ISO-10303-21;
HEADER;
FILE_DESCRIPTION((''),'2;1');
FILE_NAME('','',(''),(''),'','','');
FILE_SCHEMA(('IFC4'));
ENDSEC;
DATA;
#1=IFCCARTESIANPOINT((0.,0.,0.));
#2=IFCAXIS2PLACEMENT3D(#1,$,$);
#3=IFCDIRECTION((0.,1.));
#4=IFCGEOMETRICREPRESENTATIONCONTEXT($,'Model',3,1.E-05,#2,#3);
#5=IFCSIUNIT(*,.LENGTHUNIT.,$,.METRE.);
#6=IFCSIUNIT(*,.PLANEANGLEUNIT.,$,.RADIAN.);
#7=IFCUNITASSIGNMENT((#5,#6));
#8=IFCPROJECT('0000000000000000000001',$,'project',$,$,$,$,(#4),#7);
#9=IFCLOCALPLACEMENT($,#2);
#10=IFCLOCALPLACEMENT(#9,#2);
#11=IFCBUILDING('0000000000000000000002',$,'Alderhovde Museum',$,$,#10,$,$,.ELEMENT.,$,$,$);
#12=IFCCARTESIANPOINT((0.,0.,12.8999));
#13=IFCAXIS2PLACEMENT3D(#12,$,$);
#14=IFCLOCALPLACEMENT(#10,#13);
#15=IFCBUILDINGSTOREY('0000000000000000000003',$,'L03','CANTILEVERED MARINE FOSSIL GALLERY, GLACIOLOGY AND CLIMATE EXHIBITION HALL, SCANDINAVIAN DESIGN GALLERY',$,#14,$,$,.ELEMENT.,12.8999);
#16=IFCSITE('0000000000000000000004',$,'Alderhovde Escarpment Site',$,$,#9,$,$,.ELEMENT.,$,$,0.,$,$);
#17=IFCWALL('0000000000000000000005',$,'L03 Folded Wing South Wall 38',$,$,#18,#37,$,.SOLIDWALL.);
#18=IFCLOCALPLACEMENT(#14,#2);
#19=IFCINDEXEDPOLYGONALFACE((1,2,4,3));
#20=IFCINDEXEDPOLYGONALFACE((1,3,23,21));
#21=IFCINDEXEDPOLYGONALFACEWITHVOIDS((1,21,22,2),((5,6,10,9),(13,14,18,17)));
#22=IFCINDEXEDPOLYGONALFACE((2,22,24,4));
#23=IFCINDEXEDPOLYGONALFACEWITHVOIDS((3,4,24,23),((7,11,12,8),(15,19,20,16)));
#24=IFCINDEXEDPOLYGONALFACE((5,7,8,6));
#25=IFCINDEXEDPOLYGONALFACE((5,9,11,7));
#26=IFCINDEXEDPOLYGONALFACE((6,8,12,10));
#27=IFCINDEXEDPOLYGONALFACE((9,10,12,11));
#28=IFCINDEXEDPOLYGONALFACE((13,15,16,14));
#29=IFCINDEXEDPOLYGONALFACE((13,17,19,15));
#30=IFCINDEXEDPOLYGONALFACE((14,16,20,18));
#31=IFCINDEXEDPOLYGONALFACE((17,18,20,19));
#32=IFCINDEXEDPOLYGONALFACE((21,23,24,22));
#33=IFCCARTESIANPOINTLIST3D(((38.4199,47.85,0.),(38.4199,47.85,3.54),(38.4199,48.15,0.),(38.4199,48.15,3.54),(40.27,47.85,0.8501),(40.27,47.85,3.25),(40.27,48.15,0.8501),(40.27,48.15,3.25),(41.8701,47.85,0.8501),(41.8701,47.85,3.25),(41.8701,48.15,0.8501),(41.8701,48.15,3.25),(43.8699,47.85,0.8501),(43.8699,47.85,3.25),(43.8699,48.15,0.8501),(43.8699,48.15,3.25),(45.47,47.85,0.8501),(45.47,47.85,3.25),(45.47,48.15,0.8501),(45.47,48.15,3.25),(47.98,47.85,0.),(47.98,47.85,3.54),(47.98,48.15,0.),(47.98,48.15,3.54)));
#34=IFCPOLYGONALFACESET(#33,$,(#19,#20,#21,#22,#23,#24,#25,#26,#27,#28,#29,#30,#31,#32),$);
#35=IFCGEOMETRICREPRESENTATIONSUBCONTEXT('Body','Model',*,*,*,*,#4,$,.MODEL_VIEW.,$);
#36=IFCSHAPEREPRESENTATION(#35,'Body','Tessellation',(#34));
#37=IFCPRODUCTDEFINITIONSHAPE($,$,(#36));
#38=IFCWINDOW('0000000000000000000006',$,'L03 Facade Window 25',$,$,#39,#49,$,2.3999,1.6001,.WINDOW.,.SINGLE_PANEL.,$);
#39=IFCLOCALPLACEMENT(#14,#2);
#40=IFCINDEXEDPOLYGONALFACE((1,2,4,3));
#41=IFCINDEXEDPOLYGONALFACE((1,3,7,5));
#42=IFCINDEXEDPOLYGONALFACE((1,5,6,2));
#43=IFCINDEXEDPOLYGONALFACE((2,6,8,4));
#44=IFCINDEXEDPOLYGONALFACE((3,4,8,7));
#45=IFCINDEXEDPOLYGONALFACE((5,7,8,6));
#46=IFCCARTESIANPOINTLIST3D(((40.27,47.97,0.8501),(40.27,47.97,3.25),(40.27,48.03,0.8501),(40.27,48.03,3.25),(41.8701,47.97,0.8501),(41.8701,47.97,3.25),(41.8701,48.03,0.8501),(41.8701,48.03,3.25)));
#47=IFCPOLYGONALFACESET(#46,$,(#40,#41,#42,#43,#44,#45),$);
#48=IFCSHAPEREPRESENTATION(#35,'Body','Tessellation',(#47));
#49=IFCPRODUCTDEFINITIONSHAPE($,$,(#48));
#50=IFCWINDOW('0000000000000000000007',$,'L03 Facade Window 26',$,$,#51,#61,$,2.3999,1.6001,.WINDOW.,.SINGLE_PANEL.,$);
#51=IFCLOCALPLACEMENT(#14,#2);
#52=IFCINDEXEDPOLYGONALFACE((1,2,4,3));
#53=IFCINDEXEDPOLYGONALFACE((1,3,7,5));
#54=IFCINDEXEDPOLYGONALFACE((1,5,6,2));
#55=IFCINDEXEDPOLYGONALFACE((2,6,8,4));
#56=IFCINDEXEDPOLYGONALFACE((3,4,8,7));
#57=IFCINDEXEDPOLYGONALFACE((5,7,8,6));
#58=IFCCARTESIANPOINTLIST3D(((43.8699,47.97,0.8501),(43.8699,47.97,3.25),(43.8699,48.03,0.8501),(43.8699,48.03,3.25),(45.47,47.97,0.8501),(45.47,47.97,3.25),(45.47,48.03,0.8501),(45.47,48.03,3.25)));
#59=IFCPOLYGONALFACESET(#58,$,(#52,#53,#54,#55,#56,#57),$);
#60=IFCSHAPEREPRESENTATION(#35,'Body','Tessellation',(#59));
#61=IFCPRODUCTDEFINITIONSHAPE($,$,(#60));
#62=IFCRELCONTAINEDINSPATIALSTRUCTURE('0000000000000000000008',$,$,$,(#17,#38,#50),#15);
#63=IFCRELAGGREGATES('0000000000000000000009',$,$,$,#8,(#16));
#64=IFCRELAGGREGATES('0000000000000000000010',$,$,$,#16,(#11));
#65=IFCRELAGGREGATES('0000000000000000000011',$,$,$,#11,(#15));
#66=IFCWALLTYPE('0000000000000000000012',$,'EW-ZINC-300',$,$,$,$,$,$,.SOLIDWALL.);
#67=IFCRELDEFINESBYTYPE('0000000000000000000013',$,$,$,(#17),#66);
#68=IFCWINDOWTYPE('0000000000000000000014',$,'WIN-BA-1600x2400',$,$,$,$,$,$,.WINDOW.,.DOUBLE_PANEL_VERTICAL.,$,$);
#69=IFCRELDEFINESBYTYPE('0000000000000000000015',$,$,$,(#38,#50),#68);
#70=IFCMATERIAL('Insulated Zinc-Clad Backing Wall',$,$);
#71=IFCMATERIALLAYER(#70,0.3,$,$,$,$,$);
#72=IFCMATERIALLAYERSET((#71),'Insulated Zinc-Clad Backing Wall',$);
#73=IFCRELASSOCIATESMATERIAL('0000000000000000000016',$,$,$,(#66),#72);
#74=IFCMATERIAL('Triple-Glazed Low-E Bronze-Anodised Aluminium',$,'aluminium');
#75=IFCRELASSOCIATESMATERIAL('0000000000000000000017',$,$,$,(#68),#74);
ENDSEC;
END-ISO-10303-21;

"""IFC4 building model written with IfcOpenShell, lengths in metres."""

from ifc_helpers import new_model, si_unit, direction, frame, frame_2d, origin, place, context, subcontext, project, spatial, rectangle, extrude, material, layer, layer_set, type_object, element, fill, save


model = new_model("IFC4")

# Units and contexts
model_context = context("Model", 3, precision=1e-05, world=origin(), true_north=direction((0.0, 1.0)))
body_context = subcontext(model_context, "Body", "Model", "MODEL_VIEW")
ifc_project = project(units=[si_unit("LENGTHUNIT", "METRE"), si_unit("PLANEANGLEUNIT", "RADIAN")], contexts=[model_context])

# Site, building, storey
site_placement = place(None, origin())
site = spatial("IfcSite", under=ifc_project, at=site_placement, Name="Alderhovde Escarpment Site", CompositionType="ELEMENT", RefElevation=0.0)
building_placement = place(site_placement, origin())
building = spatial("IfcBuilding", under=site, at=building_placement, Name="Alderhovde Museum", CompositionType="ELEMENT")
storey_placement = place(building_placement, frame((0.0, 0.0, 12.8999)))
storey = spatial("IfcBuildingStorey", under=building, at=storey_placement, Name="L03", Description="CANTILEVERED MARINE FOSSIL GALLERY, GLACIOLOGY AND CLIMATE EXHIBITION HALL, SCANDINAVIAN DESIGN GALLERY", CompositionType="ELEMENT", Elevation=12.8999)

# Wall, openings, windows
ifc_material_1 = material(Name="Insulated Zinc-Clad Backing Wall")
ifc_layer_1 = layer(ifc_material_1, 0.3)
ifc_layer_set_1 = layer_set([ifc_layer_1], Name="Insulated Zinc-Clad Backing Wall")
wall_type = type_object("IfcWallType", Name="EW-ZINC-300", PredefinedType="SOLIDWALL", material=ifc_layer_set_1)
wall_placement = place(storey_placement, frame((38.4199, 48.0, 0.0), z_axis=(0.0, 0.0, 1.0), x_axis=(1.0, 0.0, 0.0)))
wall = element("IfcWall", 1, at=wall_placement, inside=storey, type_object=wall_type, Name="L03 Folded Wing South Wall 38", PredefinedType="SOLIDWALL", context=body_context, shape_type="SweptSolid", body=[
    extrude(rectangle(XDim=9.5601, YDim=0.3, at=frame_2d((4.78, 0.0))), origin(), (0.0, 0.0, 1.0), 3.54),
])
opening_1_placement = place(wall_placement, frame((1.8501, 0.0, 0.8501)))
opening_1 = element("IfcOpeningElement", 2, at=opening_1_placement, cuts=wall, PredefinedType="OPENING", context=body_context, shape_type="SweptSolid", body=[
    extrude(rectangle(XDim=1.6001, YDim=2.3999, at=frame_2d((0.8, 1.2))), frame((0.0, 0.1599, 0.0), z_axis=(0.0, -1.0, 0.0), x_axis=(1.0, 0.0, 0.0)), (0.0, 0.0, 1.0), 0.3201),
])
opening_2_placement = place(wall_placement, frame((5.45, 0.0, 0.8501)))
opening_2 = element("IfcOpeningElement", 3, at=opening_2_placement, cuts=wall, PredefinedType="OPENING", context=body_context, shape_type="SweptSolid", body=[
    extrude(rectangle(XDim=1.6001, YDim=2.3999, at=frame_2d((0.8, 1.2))), frame((0.0, 0.1599, 0.0), z_axis=(0.0, -1.0, 0.0), x_axis=(1.0, 0.0, 0.0)), (0.0, 0.0, 1.0), 0.3201),
])
ifc_material_2 = material(Name="Triple-Glazed Low-E Bronze-Anodised Aluminium", Category="aluminium")
window_type = type_object("IfcWindowType", Name="WIN-BA-1600x2400", PartitioningType="DOUBLE_PANEL_VERTICAL", PredefinedType="WINDOW", material=ifc_material_2)
window_1_placement = place(opening_1_placement, origin())
window_1 = element("IfcWindow", 4, at=window_1_placement, inside=storey, type_object=window_type, Name="L03 Facade Window 25", OverallHeight=2.3999, OverallWidth=1.6001, PartitioningType="SINGLE_PANEL", PredefinedType="WINDOW", context=body_context, shape_type="SweptSolid", body=[
    extrude(rectangle(XDim=1.6001, YDim=2.3999, at=frame_2d((0.8, 1.2))), frame((0.0, 0.03, 0.0), z_axis=(0.0, -1.0, 0.0), x_axis=(1.0, 0.0, 0.0)), (0.0, 0.0, 1.0), 0.0601),
])
fill(opening_1, window_1)
window_2_placement = place(opening_2_placement, origin())
window_2 = element("IfcWindow", 5, at=window_2_placement, inside=storey, type_object=window_type, Name="L03 Facade Window 26", OverallHeight=2.3999, OverallWidth=1.6001, PartitioningType="SINGLE_PANEL", PredefinedType="WINDOW", context=body_context, shape_type="SweptSolid", body=[
    extrude(rectangle(XDim=1.6001, YDim=2.3999, at=frame_2d((0.8, 1.2))), frame((0.0, 0.03, 0.0), z_axis=(0.0, -1.0, 0.0), x_axis=(1.0, 0.0, 0.0)), (0.0, 0.0, 1.0), 0.0601),
])
fill(opening_2, window_2)

save(model, "model.ifc")
